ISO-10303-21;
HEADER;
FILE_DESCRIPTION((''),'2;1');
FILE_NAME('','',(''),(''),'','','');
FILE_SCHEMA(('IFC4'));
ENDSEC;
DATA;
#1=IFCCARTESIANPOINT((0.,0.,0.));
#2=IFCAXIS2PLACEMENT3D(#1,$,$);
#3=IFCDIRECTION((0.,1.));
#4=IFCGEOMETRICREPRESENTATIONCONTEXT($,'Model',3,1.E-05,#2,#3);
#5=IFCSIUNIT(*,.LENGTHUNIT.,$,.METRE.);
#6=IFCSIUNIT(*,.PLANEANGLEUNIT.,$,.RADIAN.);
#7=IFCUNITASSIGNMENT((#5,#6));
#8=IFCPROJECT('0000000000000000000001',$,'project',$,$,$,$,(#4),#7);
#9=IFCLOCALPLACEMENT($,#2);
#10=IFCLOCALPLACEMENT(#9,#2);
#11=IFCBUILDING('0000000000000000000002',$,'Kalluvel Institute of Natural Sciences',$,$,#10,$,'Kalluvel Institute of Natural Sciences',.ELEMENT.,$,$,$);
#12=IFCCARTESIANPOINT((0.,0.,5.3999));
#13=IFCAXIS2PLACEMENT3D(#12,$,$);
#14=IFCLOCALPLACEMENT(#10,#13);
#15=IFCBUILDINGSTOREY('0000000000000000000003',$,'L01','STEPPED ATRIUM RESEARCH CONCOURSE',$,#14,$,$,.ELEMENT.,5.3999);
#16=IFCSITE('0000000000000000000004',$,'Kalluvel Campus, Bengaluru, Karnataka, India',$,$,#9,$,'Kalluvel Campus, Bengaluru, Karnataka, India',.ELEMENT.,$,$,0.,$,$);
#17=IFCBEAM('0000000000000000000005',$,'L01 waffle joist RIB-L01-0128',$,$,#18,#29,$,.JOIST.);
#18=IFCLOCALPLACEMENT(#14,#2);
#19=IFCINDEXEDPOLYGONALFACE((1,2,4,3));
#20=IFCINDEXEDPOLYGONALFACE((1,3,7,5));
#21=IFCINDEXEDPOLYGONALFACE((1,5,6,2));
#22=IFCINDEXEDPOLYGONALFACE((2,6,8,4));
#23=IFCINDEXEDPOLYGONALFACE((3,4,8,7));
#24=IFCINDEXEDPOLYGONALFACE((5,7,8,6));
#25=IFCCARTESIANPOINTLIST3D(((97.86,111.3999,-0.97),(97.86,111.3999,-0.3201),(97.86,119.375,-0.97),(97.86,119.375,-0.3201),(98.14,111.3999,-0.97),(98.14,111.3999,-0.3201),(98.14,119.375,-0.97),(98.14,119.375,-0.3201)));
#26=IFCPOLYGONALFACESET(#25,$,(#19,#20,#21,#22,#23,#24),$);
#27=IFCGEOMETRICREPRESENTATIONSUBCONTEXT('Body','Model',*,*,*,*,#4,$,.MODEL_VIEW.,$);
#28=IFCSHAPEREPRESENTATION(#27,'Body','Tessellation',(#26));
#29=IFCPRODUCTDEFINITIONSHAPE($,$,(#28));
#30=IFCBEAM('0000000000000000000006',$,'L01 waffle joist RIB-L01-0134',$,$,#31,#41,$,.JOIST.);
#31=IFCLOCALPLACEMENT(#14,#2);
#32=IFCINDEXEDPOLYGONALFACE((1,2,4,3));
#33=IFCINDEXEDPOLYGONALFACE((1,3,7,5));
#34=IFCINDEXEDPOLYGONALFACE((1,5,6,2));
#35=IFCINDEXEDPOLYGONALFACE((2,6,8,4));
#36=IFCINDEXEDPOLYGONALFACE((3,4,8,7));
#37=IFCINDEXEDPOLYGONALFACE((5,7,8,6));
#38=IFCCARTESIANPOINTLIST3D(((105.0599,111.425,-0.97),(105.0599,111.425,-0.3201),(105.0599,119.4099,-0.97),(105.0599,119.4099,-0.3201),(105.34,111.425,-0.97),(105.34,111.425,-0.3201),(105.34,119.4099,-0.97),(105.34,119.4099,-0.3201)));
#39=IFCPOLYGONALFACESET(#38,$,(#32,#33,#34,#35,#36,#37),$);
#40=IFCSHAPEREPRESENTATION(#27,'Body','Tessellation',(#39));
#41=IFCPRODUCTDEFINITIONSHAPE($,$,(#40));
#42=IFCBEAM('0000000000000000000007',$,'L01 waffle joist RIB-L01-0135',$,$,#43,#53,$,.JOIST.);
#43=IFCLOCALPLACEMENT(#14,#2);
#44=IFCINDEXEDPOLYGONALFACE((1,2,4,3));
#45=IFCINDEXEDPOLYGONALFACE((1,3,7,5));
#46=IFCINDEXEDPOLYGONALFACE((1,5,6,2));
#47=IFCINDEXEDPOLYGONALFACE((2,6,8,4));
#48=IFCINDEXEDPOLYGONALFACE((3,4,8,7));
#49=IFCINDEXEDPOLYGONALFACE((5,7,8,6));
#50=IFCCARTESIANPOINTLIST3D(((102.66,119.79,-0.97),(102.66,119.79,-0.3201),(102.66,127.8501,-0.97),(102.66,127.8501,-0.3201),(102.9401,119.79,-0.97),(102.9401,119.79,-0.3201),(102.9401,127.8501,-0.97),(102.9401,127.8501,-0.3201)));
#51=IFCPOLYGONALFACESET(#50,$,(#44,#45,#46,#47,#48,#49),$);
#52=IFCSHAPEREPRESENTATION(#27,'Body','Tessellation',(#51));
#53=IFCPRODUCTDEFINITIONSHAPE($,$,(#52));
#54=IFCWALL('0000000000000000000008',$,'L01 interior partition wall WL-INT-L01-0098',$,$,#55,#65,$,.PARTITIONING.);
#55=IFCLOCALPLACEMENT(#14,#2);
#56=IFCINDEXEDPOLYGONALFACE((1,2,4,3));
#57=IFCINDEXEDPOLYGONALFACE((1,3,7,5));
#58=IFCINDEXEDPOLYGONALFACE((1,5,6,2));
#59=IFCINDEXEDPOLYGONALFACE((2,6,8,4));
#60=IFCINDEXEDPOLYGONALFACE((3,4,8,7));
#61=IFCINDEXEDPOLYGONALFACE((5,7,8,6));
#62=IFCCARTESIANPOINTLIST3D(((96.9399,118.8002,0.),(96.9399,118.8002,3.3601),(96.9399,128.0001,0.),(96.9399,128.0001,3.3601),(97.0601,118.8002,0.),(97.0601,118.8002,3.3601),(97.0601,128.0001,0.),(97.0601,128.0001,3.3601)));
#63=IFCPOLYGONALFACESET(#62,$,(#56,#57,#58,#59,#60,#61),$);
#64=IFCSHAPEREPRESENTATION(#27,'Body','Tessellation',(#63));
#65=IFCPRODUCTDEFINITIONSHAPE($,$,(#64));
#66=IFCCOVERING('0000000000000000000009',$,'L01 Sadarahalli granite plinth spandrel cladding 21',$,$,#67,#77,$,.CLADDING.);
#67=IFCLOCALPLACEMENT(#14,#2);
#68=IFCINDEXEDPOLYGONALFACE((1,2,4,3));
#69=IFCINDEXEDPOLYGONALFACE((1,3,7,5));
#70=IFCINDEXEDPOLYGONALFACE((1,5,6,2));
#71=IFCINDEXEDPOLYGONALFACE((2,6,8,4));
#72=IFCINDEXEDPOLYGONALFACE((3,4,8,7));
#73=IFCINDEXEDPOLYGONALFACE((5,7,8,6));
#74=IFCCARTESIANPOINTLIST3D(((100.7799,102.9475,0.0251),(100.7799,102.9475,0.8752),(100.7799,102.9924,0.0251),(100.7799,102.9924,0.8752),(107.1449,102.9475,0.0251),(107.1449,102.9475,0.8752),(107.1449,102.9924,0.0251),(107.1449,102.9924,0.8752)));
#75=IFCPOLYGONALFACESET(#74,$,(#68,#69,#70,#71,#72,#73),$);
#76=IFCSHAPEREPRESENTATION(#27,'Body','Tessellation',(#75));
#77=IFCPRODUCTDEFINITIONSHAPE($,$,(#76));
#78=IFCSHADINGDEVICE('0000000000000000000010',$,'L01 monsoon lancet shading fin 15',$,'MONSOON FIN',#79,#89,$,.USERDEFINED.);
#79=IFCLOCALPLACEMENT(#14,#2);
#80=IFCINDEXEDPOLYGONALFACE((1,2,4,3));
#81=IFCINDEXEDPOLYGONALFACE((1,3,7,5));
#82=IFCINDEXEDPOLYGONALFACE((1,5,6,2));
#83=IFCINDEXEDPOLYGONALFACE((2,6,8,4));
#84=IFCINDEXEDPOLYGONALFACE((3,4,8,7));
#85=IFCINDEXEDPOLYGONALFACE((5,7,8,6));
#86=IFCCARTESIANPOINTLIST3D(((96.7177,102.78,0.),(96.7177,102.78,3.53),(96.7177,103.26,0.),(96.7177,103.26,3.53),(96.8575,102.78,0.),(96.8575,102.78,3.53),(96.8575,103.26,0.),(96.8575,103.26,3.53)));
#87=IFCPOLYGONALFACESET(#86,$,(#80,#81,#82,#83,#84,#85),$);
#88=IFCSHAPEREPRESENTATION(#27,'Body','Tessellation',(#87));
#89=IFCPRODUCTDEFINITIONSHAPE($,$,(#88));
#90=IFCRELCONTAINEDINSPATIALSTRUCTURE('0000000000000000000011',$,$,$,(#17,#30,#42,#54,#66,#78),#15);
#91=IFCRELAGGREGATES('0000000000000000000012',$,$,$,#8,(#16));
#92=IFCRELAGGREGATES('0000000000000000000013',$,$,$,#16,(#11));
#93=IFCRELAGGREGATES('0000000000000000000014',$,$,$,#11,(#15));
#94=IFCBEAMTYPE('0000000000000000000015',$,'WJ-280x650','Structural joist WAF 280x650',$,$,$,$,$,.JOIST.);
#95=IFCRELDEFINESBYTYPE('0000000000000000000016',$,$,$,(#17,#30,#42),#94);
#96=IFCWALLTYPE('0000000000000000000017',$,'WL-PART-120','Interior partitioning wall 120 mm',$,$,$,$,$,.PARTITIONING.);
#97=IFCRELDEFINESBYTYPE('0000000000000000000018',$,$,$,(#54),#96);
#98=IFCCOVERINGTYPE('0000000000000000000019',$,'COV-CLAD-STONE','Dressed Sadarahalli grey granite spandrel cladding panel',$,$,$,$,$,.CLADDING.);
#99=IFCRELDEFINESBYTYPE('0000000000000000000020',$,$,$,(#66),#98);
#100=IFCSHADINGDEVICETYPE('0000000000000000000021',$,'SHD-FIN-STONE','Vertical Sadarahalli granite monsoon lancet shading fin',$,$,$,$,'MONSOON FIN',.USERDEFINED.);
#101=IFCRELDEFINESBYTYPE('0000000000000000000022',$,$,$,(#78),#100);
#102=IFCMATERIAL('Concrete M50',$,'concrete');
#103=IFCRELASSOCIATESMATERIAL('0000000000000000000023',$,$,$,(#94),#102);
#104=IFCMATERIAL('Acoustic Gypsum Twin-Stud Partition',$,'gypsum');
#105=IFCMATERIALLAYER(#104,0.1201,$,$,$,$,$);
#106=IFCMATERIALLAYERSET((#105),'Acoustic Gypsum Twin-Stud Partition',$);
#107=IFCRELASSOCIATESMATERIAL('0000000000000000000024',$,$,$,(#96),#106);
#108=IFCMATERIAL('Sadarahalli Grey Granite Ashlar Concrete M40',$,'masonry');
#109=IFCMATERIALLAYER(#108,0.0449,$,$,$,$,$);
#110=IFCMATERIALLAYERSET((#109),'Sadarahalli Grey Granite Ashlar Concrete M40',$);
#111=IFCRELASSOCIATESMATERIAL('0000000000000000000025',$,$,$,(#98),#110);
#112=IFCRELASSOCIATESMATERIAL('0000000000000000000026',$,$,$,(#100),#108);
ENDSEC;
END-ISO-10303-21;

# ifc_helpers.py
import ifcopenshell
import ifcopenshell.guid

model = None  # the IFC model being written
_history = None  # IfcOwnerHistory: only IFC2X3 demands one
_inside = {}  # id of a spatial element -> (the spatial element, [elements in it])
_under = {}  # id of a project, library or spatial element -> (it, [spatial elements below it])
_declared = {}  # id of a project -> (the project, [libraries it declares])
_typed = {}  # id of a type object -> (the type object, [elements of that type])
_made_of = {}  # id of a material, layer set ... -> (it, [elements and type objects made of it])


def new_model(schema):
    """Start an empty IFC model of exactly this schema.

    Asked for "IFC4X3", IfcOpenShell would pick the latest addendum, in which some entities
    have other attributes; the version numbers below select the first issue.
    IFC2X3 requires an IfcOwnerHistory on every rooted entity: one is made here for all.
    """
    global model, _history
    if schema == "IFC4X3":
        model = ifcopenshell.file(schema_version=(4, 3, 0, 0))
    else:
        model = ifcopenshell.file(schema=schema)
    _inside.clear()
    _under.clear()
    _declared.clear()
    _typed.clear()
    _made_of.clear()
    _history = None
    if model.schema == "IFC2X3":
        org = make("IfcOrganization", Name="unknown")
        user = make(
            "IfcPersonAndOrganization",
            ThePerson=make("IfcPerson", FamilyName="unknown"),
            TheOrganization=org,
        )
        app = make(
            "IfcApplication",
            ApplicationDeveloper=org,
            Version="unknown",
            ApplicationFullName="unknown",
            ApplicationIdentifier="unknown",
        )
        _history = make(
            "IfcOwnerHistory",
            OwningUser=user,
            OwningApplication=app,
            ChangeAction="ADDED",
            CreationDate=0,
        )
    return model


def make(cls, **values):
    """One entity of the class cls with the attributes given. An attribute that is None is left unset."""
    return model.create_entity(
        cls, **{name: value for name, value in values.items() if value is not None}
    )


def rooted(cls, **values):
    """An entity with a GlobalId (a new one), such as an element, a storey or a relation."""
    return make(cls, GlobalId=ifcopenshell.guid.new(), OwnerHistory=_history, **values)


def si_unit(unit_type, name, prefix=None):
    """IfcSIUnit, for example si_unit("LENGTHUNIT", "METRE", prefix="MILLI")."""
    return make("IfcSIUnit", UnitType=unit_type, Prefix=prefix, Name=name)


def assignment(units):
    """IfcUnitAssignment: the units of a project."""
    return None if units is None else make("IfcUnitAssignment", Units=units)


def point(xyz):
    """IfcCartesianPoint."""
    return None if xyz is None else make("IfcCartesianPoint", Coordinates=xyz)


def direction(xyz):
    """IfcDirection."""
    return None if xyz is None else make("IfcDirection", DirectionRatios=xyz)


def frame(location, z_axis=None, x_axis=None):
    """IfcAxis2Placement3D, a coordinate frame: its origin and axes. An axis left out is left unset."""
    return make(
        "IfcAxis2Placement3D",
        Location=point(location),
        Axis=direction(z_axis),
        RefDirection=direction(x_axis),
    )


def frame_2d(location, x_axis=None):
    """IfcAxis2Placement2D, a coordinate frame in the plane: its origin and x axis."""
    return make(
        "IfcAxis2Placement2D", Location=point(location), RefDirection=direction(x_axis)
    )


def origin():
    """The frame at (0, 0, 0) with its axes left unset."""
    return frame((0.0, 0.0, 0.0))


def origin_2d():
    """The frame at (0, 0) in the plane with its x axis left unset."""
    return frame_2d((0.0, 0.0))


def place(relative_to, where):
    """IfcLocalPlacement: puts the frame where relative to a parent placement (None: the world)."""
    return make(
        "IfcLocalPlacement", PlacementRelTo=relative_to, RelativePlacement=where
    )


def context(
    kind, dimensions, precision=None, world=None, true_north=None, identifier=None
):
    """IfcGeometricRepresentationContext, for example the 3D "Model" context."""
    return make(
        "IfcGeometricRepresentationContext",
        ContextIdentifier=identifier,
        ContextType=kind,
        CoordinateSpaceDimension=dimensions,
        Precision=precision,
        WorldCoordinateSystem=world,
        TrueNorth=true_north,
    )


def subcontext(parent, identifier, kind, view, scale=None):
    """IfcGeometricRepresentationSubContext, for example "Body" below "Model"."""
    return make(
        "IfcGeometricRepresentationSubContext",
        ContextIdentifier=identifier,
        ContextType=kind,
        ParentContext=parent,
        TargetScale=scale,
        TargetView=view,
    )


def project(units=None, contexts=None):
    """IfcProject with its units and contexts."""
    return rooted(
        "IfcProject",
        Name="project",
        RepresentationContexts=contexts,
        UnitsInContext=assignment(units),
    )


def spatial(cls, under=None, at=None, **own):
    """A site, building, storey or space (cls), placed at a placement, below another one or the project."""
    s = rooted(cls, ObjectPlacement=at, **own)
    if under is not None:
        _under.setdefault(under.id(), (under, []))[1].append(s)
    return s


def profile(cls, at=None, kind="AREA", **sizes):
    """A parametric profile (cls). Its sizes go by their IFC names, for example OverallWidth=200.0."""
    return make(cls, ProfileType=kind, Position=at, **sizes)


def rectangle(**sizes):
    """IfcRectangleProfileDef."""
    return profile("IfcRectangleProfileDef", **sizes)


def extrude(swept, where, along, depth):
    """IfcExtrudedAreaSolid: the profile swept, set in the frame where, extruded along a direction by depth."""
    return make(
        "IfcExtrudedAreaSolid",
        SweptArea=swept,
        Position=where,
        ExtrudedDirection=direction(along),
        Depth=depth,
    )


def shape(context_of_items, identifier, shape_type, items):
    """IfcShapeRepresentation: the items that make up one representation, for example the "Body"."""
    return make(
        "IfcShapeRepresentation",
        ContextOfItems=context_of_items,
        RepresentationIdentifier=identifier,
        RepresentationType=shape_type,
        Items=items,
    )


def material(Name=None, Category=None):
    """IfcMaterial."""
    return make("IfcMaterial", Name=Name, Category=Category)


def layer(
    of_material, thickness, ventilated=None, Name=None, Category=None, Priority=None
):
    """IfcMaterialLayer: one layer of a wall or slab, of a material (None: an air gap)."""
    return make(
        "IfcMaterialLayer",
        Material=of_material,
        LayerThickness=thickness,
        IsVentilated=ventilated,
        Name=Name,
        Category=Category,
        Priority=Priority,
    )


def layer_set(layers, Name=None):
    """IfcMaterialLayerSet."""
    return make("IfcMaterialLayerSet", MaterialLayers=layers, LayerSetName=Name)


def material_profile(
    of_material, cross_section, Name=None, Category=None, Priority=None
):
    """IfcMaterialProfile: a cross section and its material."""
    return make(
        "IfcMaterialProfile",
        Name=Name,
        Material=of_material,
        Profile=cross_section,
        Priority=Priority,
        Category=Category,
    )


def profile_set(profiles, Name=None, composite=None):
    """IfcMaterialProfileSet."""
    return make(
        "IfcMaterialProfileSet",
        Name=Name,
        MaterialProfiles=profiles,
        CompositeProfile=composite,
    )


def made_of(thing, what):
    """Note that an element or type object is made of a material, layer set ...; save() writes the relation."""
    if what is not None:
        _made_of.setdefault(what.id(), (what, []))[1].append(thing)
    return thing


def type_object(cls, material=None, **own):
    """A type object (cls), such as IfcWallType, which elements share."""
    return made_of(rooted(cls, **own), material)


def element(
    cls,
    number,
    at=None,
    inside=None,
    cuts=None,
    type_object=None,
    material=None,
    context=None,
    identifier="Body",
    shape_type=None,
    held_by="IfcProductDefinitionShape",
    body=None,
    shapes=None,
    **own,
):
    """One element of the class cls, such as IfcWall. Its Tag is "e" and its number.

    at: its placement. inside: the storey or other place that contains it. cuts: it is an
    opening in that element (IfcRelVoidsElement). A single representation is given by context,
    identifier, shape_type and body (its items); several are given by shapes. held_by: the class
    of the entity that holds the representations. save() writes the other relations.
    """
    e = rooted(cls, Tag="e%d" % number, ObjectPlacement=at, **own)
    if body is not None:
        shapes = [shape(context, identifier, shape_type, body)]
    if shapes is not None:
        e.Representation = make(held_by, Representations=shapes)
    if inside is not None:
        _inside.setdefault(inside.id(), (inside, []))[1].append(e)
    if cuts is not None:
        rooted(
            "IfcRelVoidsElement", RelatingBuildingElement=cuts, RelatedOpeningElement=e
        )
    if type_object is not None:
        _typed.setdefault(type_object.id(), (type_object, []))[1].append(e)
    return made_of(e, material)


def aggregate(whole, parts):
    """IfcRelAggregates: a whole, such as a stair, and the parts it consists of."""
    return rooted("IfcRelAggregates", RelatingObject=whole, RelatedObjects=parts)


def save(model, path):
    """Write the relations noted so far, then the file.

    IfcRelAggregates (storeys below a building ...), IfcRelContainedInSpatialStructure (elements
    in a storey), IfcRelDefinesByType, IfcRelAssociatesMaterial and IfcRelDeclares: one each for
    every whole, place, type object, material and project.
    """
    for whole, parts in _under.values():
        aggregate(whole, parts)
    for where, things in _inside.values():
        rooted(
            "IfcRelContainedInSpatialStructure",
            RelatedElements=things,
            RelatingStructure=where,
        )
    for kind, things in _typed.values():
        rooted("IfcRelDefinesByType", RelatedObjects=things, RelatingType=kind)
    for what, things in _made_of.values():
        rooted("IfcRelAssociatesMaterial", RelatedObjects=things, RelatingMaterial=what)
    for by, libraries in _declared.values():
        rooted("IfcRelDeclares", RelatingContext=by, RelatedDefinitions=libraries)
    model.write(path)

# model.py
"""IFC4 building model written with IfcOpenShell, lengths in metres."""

from ifc_helpers import new_model, si_unit, direction, frame, frame_2d, origin, origin_2d, place, context, subcontext, project, spatial, rectangle, extrude, material, layer, layer_set, material_profile, profile_set, type_object, element, save


model = new_model("IFC4")

# Units and contexts
model_context = context("Model", 3, precision=1e-05, world=origin(), true_north=direction((0.0, 1.0)))
body_context = subcontext(model_context, "Body", "Model", "MODEL_VIEW")
ifc_project = project(units=[si_unit("LENGTHUNIT", "METRE"), si_unit("PLANEANGLEUNIT", "RADIAN")], contexts=[model_context])

# Site, building, storey
site_placement = place(None, origin())
site = spatial("IfcSite", under=ifc_project, at=site_placement, Name="Kalluvel Campus, Bengaluru, Karnataka, India", LongName="Kalluvel Campus, Bengaluru, Karnataka, India", CompositionType="ELEMENT", RefElevation=0.0)
building_placement = place(site_placement, origin())
building = spatial("IfcBuilding", under=site, at=building_placement, Name="Kalluvel Institute of Natural Sciences", LongName="Kalluvel Institute of Natural Sciences", CompositionType="ELEMENT")
storey_placement = place(building_placement, frame((0.0, 0.0, 5.3999)))
storey = spatial("IfcBuildingStorey", under=building, at=storey_placement, Name="L01", Description="STEPPED ATRIUM RESEARCH CONCOURSE", CompositionType="ELEMENT", Elevation=5.3999)

# Shared definitions
ifc_material_1 = material(Name="Concrete M50", Category="concrete")

# Beams
ifc_material_profile_1 = material_profile(ifc_material_1, rectangle(XDim=0.28, YDim=0.6499, at=origin_2d()), Name="WAF 280x650")
ifc_profile_set_1 = profile_set([ifc_material_profile_1], Name="Concrete M50")
beam_type_1 = type_object("IfcBeamType", Name="WJ-280x650", Description="Structural joist WAF 280x650", PredefinedType="JOIST", material=ifc_profile_set_1)
beam_1_placement = place(storey_placement, frame((98.0, 111.3999, -0.645), z_axis=(0.0, 1.0, 0.0), x_axis=(-1.0, 0.0, 0.0)))
element("IfcBeam", 1, at=beam_1_placement, inside=storey, type_object=beam_type_1, Name="L01 waffle joist RIB-L01-0128", PredefinedType="JOIST", context=body_context, shape_type="SweptSolid", body=[
    extrude(rectangle(XDim=0.28, YDim=0.6499, at=origin_2d()), origin(), (0.0, 0.0, 1.0), 7.9751),
])
beam_2_placement = place(storey_placement, frame((105.2, 111.425, -0.645), z_axis=(0.0, 1.0, 0.0), x_axis=(-1.0, 0.0, 0.0)))
element("IfcBeam", 2, at=beam_2_placement, inside=storey, type_object=beam_type_1, Name="L01 waffle joist RIB-L01-0134", PredefinedType="JOIST", context=body_context, shape_type="SweptSolid", body=[
    extrude(rectangle(XDim=0.28, YDim=0.6499, at=origin_2d()), origin(), (0.0, 0.0, 1.0), 7.9849),
])
beam_3_placement = place(storey_placement, frame((102.8, 119.79, -0.645), z_axis=(0.0, 1.0, 0.0), x_axis=(-1.0, 0.0, 0.0)))
element("IfcBeam", 3, at=beam_3_placement, inside=storey, type_object=beam_type_1, Name="L01 waffle joist RIB-L01-0135", PredefinedType="JOIST", context=body_context, shape_type="SweptSolid", body=[
    extrude(rectangle(XDim=0.28, YDim=0.6499, at=origin_2d()), origin(), (0.0, 0.0, 1.0), 8.0601),
])

# Wall
ifc_material_2 = material(Name="Acoustic Gypsum Twin-Stud Partition", Category="gypsum")
ifc_layer_1 = layer(ifc_material_2, 0.1201)
ifc_layer_set_1 = layer_set([ifc_layer_1], Name="Acoustic Gypsum Twin-Stud Partition")
wall_type = type_object("IfcWallType", Name="WL-PART-120", Description="Interior partitioning wall 120 mm", PredefinedType="PARTITIONING", material=ifc_layer_set_1)
wall_placement = place(storey_placement, frame((97.0, 118.8, 0.0), z_axis=(0.0, 0.0, 1.0), x_axis=(0.0, 1.0, 0.0)))
element("IfcWall", 4, at=wall_placement, inside=storey, type_object=wall_type, Name="L01 interior partition wall WL-INT-L01-0098", PredefinedType="PARTITIONING", context=body_context, shape_type="SweptSolid", body=[
    extrude(rectangle(XDim=9.2, YDim=0.1201, at=frame_2d((4.6001, 0.0))), origin(), (0.0, 0.0, 1.0), 3.3601),
])

# Covering
ifc_material_3 = material(Name="Sadarahalli Grey Granite Ashlar Concrete M40", Category="masonry")
ifc_layer_2 = layer(ifc_material_3, 0.0449)
ifc_layer_set_2 = layer_set([ifc_layer_2], Name="Sadarahalli Grey Granite Ashlar Concrete M40")
covering_type = type_object("IfcCoveringType", Name="COV-CLAD-STONE", Description="Dressed Sadarahalli grey granite spandrel cladding panel", PredefinedType="CLADDING", material=ifc_layer_set_2)
covering_placement = place(storey_placement, frame((103.9624, 102.97, 0.0251), z_axis=(0.0, 0.0, 1.0), x_axis=(1.0, 0.0, 0.0)))
element("IfcCovering", 5, at=covering_placement, inside=storey, type_object=covering_type, Name="L01 Sadarahalli granite plinth spandrel cladding 21", PredefinedType="CLADDING", context=body_context, shape_type="SweptSolid", body=[
    extrude(rectangle(XDim=6.365, YDim=0.0449, at=origin_2d()), origin(), (0.0, 0.0, 1.0), 0.8501),
])

# Shading device
shading_device_type = type_object("IfcShadingDeviceType", Name="SHD-FIN-STONE", Description="Vertical Sadarahalli granite monsoon lancet shading fin", ElementType="MONSOON FIN", PredefinedType="USERDEFINED", material=ifc_material_3)
shading_device_placement = place(storey_placement, frame((96.7876, 103.02, 0.0), z_axis=(0.0, 0.0, 1.0), x_axis=(1.0, 0.0, 0.0)))
element("IfcShadingDevice", 6, at=shading_device_placement, inside=storey, type_object=shading_device_type, Name="L01 monsoon lancet shading fin 15", ObjectType="MONSOON FIN", PredefinedType="USERDEFINED", context=body_context, shape_type="SweptSolid", body=[
    extrude(rectangle(XDim=0.1399, YDim=0.48, at=origin_2d()), origin(), (0.0, 0.0, 1.0), 3.53),
])

save(model, "model.ifc")
